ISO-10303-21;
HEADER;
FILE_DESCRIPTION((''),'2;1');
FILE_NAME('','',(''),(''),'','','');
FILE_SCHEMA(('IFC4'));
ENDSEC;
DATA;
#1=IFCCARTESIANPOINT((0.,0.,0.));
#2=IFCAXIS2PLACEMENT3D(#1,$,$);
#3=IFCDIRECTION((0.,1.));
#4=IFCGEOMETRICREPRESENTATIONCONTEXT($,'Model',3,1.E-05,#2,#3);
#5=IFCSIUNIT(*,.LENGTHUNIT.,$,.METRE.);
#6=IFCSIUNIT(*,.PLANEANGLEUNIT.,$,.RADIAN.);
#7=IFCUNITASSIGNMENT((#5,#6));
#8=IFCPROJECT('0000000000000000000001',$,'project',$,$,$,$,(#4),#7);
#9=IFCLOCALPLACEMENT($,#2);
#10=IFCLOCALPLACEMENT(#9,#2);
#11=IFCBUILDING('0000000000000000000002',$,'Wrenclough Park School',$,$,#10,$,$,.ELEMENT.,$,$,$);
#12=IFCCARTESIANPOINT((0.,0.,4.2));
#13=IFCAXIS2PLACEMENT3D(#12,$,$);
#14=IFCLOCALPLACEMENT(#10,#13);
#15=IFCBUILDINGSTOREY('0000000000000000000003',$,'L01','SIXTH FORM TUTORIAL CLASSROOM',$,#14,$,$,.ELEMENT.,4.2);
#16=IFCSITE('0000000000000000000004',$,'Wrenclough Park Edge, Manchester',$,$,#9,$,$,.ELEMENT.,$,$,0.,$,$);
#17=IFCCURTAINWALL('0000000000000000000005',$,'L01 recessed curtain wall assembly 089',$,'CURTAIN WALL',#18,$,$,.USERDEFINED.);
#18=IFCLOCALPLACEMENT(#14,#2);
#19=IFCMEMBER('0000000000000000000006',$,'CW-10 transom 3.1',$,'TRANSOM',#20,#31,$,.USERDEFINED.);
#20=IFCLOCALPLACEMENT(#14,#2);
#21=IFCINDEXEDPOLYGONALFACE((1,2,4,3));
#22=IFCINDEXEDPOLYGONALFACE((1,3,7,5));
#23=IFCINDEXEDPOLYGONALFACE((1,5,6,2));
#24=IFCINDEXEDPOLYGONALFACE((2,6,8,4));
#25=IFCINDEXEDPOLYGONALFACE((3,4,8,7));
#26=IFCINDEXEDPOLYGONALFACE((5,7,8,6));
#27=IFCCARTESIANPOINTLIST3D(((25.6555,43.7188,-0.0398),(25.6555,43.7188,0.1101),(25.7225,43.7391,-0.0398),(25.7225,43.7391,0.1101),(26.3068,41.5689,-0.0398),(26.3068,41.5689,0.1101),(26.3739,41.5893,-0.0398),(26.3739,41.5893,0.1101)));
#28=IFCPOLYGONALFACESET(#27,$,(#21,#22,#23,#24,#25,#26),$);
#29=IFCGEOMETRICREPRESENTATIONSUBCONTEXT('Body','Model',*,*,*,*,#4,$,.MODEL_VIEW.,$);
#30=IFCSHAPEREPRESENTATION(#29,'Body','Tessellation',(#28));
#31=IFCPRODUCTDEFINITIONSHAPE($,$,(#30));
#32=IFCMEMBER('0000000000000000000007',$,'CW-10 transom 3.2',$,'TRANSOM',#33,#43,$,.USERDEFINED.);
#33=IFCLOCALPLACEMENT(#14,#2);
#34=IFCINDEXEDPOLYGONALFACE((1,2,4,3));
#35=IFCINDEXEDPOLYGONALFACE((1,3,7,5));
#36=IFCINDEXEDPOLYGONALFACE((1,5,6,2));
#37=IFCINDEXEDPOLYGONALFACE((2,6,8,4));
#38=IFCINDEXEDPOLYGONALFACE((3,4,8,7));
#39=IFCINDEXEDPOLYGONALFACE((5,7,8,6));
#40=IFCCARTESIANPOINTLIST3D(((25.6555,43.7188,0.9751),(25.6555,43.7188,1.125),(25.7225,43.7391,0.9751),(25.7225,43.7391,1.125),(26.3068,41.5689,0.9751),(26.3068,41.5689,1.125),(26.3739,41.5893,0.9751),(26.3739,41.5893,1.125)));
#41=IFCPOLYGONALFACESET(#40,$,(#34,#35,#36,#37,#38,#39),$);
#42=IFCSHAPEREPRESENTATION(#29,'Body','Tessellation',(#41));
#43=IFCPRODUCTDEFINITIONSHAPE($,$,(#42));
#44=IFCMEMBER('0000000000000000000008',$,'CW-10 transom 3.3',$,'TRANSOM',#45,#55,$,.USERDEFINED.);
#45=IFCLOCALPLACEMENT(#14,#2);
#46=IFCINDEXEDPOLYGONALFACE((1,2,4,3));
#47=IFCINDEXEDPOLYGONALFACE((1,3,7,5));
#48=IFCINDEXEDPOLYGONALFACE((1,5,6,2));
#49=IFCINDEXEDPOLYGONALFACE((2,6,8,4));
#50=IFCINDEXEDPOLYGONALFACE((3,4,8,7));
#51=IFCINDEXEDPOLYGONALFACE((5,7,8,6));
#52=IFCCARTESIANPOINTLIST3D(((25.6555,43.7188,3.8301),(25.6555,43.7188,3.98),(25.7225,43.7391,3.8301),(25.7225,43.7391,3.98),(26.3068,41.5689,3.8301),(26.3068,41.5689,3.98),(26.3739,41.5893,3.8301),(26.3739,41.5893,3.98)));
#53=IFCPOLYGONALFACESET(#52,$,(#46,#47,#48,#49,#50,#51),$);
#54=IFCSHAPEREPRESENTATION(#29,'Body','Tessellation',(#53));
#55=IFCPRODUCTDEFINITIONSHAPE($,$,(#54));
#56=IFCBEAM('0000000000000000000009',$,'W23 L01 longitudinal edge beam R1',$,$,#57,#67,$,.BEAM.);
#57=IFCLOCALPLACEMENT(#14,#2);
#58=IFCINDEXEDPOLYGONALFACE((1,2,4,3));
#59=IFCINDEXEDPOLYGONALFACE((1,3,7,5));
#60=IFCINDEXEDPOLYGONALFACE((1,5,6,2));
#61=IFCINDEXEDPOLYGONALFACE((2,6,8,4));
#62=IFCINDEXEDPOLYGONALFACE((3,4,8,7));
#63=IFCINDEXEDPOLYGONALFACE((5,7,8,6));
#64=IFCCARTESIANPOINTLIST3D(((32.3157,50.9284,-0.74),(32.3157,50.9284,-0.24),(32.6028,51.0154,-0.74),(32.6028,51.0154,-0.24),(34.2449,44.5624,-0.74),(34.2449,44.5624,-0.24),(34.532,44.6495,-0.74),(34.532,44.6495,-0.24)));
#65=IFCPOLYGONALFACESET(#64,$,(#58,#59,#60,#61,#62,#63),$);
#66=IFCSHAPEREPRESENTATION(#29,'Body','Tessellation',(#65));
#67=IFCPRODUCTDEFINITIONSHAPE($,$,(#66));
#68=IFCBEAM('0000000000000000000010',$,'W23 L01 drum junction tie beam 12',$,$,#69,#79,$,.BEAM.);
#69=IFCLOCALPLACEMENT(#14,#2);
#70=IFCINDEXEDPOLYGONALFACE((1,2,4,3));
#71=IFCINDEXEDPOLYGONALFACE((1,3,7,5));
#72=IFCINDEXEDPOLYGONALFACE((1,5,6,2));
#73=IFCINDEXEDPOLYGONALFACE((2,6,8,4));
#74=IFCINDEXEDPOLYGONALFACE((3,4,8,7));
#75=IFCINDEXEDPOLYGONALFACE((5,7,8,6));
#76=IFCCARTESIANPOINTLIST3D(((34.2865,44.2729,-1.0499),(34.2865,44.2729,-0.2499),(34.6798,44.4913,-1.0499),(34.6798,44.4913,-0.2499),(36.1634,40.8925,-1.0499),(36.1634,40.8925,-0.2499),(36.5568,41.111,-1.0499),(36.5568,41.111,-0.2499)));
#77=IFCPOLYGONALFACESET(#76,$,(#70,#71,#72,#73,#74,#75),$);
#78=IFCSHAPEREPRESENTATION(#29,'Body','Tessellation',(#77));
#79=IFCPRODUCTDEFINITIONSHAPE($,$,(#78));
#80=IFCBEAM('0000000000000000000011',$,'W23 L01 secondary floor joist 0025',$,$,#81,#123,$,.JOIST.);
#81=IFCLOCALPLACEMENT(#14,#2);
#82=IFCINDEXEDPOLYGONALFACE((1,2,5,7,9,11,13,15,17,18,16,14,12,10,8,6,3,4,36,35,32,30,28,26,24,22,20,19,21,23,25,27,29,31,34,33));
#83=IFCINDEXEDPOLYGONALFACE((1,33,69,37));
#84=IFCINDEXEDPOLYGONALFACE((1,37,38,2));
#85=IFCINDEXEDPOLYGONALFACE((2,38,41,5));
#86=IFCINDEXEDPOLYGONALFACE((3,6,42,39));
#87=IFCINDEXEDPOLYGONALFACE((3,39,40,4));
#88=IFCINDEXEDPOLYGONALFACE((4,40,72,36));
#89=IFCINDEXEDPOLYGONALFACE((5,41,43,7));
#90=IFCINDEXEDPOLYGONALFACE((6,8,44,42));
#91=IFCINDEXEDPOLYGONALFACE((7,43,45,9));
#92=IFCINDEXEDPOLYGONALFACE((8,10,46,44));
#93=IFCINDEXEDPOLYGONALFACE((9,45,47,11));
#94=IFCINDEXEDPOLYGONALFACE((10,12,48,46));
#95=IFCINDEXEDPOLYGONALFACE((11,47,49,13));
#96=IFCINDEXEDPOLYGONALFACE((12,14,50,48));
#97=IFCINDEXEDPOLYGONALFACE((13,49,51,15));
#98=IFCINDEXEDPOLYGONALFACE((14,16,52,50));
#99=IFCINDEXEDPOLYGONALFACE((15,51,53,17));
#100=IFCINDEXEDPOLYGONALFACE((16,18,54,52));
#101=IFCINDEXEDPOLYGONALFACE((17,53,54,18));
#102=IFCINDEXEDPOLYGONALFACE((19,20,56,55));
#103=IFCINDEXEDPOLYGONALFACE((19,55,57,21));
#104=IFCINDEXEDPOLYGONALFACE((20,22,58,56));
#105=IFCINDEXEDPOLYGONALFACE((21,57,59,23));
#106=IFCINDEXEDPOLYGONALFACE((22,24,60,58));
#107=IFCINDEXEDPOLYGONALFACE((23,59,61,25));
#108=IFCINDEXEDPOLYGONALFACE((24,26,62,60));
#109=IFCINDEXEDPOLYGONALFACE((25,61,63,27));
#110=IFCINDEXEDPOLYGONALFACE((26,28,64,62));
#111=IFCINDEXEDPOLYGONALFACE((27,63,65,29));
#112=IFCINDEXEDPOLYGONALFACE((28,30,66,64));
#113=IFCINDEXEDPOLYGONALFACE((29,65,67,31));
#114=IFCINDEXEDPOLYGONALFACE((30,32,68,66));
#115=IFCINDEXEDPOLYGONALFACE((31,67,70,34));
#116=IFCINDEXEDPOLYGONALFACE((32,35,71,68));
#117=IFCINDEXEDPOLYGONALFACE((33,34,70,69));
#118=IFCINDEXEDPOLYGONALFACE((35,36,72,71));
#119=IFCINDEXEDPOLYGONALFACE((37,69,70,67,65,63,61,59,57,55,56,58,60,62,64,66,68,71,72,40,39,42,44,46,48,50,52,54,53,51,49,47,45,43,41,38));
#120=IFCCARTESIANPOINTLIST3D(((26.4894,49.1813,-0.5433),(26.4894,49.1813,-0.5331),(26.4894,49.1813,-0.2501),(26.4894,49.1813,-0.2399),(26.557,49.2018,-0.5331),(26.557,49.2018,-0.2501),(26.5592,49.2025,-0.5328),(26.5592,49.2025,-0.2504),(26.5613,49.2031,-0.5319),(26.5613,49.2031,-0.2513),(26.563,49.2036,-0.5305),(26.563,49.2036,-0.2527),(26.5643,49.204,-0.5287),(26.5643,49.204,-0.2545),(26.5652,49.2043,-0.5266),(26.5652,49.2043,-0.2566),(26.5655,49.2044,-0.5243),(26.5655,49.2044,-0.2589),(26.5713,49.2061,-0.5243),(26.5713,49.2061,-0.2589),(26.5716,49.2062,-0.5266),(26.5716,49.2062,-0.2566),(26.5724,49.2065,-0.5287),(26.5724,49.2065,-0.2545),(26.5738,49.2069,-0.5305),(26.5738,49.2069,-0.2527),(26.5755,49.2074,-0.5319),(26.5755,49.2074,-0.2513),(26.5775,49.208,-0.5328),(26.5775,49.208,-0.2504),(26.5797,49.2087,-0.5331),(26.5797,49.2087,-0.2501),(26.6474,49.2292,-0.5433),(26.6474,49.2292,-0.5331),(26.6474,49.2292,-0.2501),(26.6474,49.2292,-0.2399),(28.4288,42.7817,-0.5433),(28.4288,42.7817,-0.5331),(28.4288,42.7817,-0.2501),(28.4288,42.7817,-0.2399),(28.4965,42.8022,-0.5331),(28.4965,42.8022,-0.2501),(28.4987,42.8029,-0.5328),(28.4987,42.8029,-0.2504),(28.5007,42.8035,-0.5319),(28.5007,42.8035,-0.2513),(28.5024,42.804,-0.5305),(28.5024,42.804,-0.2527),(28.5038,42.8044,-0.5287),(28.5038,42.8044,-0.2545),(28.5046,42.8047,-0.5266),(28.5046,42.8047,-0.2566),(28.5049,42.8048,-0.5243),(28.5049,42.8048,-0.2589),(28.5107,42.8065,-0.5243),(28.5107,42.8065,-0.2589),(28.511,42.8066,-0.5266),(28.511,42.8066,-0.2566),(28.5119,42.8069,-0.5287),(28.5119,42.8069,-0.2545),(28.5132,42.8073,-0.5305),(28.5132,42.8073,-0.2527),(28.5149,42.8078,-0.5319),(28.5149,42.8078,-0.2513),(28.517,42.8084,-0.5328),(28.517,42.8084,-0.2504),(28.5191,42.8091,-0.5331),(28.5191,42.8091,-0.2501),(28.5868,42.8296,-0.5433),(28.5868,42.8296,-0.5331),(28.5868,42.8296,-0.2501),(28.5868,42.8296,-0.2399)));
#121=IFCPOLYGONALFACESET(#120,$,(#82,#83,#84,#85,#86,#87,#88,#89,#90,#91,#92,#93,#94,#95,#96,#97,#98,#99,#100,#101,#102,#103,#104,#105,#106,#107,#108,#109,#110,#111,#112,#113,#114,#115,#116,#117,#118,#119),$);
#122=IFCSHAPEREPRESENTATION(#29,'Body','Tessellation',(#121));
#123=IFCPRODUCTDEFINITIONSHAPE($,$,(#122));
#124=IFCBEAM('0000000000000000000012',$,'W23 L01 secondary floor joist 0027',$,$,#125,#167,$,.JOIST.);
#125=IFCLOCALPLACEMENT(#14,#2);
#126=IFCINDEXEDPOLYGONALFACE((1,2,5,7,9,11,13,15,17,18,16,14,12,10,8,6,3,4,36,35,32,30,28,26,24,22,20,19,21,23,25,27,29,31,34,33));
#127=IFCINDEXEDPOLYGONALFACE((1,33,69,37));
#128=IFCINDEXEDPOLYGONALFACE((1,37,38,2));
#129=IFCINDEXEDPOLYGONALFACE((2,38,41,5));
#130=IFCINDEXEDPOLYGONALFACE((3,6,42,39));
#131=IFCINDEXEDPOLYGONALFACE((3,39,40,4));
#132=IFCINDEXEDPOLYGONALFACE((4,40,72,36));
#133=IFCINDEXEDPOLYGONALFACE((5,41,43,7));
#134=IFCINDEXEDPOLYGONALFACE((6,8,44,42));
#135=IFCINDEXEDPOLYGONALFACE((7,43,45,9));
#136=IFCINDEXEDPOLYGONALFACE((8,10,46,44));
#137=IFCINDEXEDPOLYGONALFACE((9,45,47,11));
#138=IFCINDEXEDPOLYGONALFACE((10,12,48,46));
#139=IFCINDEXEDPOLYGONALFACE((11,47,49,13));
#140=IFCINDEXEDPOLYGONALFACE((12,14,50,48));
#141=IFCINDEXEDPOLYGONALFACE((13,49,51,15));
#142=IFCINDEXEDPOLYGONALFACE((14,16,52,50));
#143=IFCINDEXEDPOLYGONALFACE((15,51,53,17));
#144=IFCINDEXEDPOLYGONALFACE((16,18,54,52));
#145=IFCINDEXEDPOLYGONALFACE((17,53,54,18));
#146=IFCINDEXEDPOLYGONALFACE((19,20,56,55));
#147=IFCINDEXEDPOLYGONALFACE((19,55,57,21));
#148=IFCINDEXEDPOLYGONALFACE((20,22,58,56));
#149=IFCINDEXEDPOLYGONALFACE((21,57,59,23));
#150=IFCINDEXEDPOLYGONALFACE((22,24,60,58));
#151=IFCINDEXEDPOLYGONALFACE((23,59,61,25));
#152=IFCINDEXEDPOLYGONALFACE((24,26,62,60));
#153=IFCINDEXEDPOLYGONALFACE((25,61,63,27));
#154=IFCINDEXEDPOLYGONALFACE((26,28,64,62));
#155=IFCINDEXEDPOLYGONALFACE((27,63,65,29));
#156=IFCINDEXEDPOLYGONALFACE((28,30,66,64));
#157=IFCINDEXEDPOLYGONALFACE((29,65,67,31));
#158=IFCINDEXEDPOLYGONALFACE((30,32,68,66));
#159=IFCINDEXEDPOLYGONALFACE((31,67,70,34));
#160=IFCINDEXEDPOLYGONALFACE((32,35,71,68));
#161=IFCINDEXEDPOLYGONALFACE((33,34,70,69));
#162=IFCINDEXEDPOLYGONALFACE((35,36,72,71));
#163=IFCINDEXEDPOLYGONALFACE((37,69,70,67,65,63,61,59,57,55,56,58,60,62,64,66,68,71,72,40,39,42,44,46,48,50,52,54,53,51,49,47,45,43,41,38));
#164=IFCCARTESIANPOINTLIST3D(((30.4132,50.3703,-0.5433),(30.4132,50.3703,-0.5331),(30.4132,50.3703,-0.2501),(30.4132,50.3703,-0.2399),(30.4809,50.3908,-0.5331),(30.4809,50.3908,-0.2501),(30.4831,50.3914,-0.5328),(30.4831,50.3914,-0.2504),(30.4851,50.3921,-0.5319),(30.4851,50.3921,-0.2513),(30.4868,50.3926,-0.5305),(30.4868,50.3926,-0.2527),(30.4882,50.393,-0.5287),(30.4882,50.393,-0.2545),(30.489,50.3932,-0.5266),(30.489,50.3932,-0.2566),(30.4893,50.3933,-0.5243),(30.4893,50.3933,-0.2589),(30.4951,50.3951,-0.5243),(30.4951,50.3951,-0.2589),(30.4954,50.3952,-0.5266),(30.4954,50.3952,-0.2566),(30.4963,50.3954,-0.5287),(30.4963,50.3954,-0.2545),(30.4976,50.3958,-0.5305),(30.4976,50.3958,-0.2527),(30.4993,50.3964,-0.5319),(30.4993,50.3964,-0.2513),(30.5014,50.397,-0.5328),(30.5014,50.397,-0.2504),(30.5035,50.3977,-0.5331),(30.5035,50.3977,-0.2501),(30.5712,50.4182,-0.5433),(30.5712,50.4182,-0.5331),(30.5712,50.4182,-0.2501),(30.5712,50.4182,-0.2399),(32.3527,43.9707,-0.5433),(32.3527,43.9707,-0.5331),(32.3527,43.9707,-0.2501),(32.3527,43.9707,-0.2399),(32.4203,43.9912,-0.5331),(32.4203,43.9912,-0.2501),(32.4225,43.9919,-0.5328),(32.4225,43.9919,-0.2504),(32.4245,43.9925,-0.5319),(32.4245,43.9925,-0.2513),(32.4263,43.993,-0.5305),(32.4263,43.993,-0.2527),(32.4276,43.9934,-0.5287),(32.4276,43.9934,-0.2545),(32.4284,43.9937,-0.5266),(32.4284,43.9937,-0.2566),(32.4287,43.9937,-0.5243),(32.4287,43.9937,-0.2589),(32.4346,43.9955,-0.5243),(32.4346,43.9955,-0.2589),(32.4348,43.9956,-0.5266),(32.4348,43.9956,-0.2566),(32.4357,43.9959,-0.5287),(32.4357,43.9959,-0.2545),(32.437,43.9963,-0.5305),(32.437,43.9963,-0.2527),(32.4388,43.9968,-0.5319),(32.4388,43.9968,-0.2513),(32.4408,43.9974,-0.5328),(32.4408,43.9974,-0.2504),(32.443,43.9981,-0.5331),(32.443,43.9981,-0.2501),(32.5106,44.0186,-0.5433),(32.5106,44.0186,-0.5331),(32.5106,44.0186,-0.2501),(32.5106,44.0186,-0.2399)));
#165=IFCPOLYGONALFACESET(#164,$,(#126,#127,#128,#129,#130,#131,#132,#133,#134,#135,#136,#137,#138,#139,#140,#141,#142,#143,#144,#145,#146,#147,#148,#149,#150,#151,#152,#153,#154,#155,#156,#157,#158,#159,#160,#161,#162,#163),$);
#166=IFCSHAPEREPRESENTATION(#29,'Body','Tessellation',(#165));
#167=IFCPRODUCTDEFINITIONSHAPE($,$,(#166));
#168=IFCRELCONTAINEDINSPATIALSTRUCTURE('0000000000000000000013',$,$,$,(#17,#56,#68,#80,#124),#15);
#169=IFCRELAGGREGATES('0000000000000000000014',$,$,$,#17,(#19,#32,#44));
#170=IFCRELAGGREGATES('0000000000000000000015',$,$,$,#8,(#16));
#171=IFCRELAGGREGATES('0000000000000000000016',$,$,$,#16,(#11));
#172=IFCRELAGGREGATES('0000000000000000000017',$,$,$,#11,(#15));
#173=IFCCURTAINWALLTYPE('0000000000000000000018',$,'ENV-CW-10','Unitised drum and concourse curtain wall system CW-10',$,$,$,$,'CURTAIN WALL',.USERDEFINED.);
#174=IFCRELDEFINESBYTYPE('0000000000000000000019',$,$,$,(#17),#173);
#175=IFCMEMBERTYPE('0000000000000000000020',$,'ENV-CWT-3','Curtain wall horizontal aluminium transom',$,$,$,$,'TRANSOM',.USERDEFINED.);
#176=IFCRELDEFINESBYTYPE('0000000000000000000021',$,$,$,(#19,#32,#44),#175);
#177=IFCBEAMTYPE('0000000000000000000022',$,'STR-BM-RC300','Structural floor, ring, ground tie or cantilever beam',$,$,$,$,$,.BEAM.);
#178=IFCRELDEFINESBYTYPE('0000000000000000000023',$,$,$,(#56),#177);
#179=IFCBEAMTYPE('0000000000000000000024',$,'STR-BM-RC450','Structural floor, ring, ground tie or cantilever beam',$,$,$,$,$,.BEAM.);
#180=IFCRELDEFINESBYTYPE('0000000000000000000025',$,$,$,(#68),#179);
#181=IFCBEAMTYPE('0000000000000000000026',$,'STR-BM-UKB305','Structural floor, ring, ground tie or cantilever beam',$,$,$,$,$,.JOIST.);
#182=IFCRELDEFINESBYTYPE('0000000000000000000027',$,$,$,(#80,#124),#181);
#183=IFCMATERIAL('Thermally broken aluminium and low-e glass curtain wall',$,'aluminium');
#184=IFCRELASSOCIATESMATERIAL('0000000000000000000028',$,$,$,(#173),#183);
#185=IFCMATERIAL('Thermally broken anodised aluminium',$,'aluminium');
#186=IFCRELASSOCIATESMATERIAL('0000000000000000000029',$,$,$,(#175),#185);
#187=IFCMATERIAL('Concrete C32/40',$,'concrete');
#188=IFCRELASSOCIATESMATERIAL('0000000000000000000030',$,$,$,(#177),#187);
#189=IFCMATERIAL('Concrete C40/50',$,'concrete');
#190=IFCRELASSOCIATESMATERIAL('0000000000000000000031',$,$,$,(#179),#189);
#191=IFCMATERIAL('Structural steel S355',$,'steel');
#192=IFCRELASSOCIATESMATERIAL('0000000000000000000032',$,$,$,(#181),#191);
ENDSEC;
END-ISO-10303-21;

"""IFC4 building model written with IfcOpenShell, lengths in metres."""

from ifc_helpers import new_model, si_unit, direction, frame, origin, origin_2d, place, context, subcontext, project, spatial, rectangle, i_section, extrude, material, material_profile, profile_set, type_object, element, aggregate, save


model = new_model("IFC4")

# Units and contexts
model_context = context("Model", 3, precision=1e-05, world=origin(), true_north=direction((0.0, 1.0)))
body_context = subcontext(model_context, "Body", "Model", "MODEL_VIEW")
ifc_project = project(units=[si_unit("LENGTHUNIT", "METRE"), si_unit("PLANEANGLEUNIT", "RADIAN")], contexts=[model_context])

# Site, building, storey
site_placement = place(None, origin())
site = spatial("IfcSite", under=ifc_project, at=site_placement, Name="Wrenclough Park Edge, Manchester", CompositionType="ELEMENT", RefElevation=0.0)
building_placement = place(site_placement, origin())
building = spatial("IfcBuilding", under=site, at=building_placement, Name="Wrenclough Park School", CompositionType="ELEMENT")
storey_placement = place(building_placement, frame((0.0, 0.0, 4.2)))
storey = spatial("IfcBuildingStorey", under=building, at=storey_placement, Name="L01", Description="SIXTH FORM TUTORIAL CLASSROOM", CompositionType="ELEMENT", Elevation=4.2)

# Shared definitions
ifc_material_1 = material(Name="Structural steel S355", Category="steel")

# Shared definitions
ifc_material_2 = material(Name="Thermally broken aluminium and low-e glass curtain wall", Category="aluminium")
ifc_material_3 = material(Name="Thermally broken anodised aluminium", Category="aluminium")

# Curtain wall
curtain_wall_type_1 = type_object("IfcCurtainWallType", Name="ENV-CW-10", Description="Unitised drum and concourse curtain wall system CW-10", ElementType="CURTAIN WALL", PredefinedType="USERDEFINED", material=ifc_material_2)
curtain_wall_1_placement = place(storey_placement, origin())
curtain_wall_1 = element("IfcCurtainWall", 1, at=curtain_wall_1_placement, inside=storey, type_object=curtain_wall_type_1, Name="L01 recessed curtain wall assembly 089", ObjectType="CURTAIN WALL", PredefinedType="USERDEFINED")

# Members
ifc_material_profile_1 = material_profile(ifc_material_3, rectangle(XDim=0.0701, YDim=0.1499, at=origin_2d()), Name="AL TRANSOM 70x150")
ifc_profile_set_1 = profile_set([ifc_material_profile_1], Name="Thermally broken anodised aluminium")
member_type_1 = type_object("IfcMemberType", Name="ENV-CWT-3", Description="Curtain wall horizontal aluminium transom", ElementType="TRANSOM", PredefinedType="USERDEFINED", material=ifc_profile_set_1)
member_1_placement = place(storey_placement, frame((26.3403, 41.5791, 0.0352), z_axis=(-0.289959, 0.957039, 0.0), x_axis=(-0.957039, -0.289959, 0.0)))
member_1 = element("IfcMember", 2, at=member_1_placement, type_object=member_type_1, Name="CW-10 transom 3.1", ObjectType="TRANSOM", PredefinedType="USERDEFINED", context=body_context, shape_type="SweptSolid", body=[
    extrude(rectangle(XDim=0.0701, YDim=0.1499, at=origin_2d()), origin(), (0.0, 0.0, 1.0), 2.2463),
])
member_2_placement = place(storey_placement, frame((26.3403, 41.5791, 1.05), z_axis=(-0.289959, 0.957039, 0.0), x_axis=(-0.957039, -0.289959, 0.0)))
member_2 = element("IfcMember", 3, at=member_2_placement, type_object=member_type_1, Name="CW-10 transom 3.2", ObjectType="TRANSOM", PredefinedType="USERDEFINED", context=body_context, shape_type="SweptSolid", body=[
    extrude(rectangle(XDim=0.0701, YDim=0.1499, at=origin_2d()), origin(), (0.0, 0.0, 1.0), 2.2463),
])
member_3_placement = place(storey_placement, frame((26.3403, 41.5791, 3.905), z_axis=(-0.289959, 0.957039, 0.0), x_axis=(-0.957039, -0.289959, 0.0)))
member_3 = element("IfcMember", 4, at=member_3_placement, type_object=member_type_1, Name="CW-10 transom 3.3", ObjectType="TRANSOM", PredefinedType="USERDEFINED", context=body_context, shape_type="SweptSolid", body=[
    extrude(rectangle(XDim=0.0701, YDim=0.1499, at=origin_2d()), origin(), (0.0, 0.0, 1.0), 2.2463),
])

# Beams
ifc_material_4 = material(Name="Concrete C32/40", Category="concrete")
ifc_material_profile_2 = material_profile(ifc_material_4, rectangle(XDim=0.3, YDim=0.5, at=origin_2d()), Name="RC BEAM 300x500")
ifc_profile_set_2 = profile_set([ifc_material_profile_2], Name="Concrete C32/40")
beam_type_1 = type_object("IfcBeamType", Name="STR-BM-RC300", Description="Structural floor, ring, ground tie or cantilever beam", PredefinedType="BEAM", material=ifc_profile_set_2)
beam_1_placement = place(storey_placement, frame((34.3884, 44.606, -0.49), z_axis=(-0.290024, 0.957019, 0.0), x_axis=(-0.957019, -0.290024, 0.0)))
element("IfcBeam", 5, at=beam_1_placement, inside=storey, type_object=beam_type_1, Name="W23 L01 longitudinal edge beam R1", PredefinedType="BEAM", context=body_context, shape_type="SweptSolid", body=[
    extrude(rectangle(XDim=0.3, YDim=0.5, at=origin_2d()), origin(), (0.0, 0.0, 1.0), 6.6519),
])
ifc_material_5 = material(Name="Concrete C40/50", Category="concrete")
ifc_material_profile_3 = material_profile(ifc_material_5, rectangle(XDim=0.45, YDim=0.8, at=origin_2d()), Name="RC BEAM 450x800")
ifc_profile_set_3 = profile_set([ifc_material_profile_3], Name="Concrete C40/50")
beam_type_2 = type_object("IfcBeamType", Name="STR-BM-RC450", Description="Structural floor, ring, ground tie or cantilever beam", PredefinedType="BEAM", material=ifc_profile_set_3)
beam_2_placement = place(storey_placement, frame((34.4832, 44.3821, -0.6499), z_axis=(0.485439, -0.87427, 0.0), x_axis=(0.87427, 0.485439, 0.0)))
element("IfcBeam", 6, at=beam_2_placement, inside=storey, type_object=beam_type_2, Name="W23 L01 drum junction tie beam 12", PredefinedType="BEAM", context=body_context, shape_type="SweptSolid", body=[
    extrude(rectangle(XDim=0.45, YDim=0.8, at=origin_2d()), origin(), (0.0, 0.0, 1.0), 3.8665),
])
ifc_material_profile_4 = material_profile(ifc_material_1, i_section(OverallWidth=0.165, OverallDepth=0.3035, WebThickness=0.0061, FlangeThickness=0.0103, FilletRadius=0.0088, at=origin_2d()), Name="UKB 305x165x40")
ifc_profile_set_4 = profile_set([ifc_material_profile_4], Name="Structural steel S355")
beam_type_3 = type_object("IfcBeamType", Name="STR-BM-UKB305", Description="Structural floor, ring, ground tie or cantilever beam", PredefinedType="JOIST", material=ifc_profile_set_4)
for number, where, z_axis, x_axis, name in (
    (7, (28.5078, 42.8057, -0.3916), (-0.29003, 0.957018, 0.0), (-0.957018, -0.29003, 0.0), "W23 L01 secondary floor joist 0025"),
    (8, (32.4316, 43.9946, -0.3916), (-0.29003, 0.957018, 0.0), (-0.957018, -0.29003, 0.0), "W23 L01 secondary floor joist 0027"),
):
    element("IfcBeam", number, at=place(storey_placement, frame(where, z_axis=z_axis, x_axis=x_axis)), inside=storey, type_object=beam_type_3, Name=name, PredefinedType="JOIST", context=body_context, shape_type="SweptSolid", body=[
        extrude(i_section(OverallWidth=0.165, OverallDepth=0.3035, WebThickness=0.0061, FlangeThickness=0.0103, FilletRadius=0.0088, at=origin_2d()), origin(), (0.0, 0.0, 1.0), 6.687),
    ])

aggregate(curtain_wall_1, [member_1, member_2, member_3])

save(model, "model.ifc")
